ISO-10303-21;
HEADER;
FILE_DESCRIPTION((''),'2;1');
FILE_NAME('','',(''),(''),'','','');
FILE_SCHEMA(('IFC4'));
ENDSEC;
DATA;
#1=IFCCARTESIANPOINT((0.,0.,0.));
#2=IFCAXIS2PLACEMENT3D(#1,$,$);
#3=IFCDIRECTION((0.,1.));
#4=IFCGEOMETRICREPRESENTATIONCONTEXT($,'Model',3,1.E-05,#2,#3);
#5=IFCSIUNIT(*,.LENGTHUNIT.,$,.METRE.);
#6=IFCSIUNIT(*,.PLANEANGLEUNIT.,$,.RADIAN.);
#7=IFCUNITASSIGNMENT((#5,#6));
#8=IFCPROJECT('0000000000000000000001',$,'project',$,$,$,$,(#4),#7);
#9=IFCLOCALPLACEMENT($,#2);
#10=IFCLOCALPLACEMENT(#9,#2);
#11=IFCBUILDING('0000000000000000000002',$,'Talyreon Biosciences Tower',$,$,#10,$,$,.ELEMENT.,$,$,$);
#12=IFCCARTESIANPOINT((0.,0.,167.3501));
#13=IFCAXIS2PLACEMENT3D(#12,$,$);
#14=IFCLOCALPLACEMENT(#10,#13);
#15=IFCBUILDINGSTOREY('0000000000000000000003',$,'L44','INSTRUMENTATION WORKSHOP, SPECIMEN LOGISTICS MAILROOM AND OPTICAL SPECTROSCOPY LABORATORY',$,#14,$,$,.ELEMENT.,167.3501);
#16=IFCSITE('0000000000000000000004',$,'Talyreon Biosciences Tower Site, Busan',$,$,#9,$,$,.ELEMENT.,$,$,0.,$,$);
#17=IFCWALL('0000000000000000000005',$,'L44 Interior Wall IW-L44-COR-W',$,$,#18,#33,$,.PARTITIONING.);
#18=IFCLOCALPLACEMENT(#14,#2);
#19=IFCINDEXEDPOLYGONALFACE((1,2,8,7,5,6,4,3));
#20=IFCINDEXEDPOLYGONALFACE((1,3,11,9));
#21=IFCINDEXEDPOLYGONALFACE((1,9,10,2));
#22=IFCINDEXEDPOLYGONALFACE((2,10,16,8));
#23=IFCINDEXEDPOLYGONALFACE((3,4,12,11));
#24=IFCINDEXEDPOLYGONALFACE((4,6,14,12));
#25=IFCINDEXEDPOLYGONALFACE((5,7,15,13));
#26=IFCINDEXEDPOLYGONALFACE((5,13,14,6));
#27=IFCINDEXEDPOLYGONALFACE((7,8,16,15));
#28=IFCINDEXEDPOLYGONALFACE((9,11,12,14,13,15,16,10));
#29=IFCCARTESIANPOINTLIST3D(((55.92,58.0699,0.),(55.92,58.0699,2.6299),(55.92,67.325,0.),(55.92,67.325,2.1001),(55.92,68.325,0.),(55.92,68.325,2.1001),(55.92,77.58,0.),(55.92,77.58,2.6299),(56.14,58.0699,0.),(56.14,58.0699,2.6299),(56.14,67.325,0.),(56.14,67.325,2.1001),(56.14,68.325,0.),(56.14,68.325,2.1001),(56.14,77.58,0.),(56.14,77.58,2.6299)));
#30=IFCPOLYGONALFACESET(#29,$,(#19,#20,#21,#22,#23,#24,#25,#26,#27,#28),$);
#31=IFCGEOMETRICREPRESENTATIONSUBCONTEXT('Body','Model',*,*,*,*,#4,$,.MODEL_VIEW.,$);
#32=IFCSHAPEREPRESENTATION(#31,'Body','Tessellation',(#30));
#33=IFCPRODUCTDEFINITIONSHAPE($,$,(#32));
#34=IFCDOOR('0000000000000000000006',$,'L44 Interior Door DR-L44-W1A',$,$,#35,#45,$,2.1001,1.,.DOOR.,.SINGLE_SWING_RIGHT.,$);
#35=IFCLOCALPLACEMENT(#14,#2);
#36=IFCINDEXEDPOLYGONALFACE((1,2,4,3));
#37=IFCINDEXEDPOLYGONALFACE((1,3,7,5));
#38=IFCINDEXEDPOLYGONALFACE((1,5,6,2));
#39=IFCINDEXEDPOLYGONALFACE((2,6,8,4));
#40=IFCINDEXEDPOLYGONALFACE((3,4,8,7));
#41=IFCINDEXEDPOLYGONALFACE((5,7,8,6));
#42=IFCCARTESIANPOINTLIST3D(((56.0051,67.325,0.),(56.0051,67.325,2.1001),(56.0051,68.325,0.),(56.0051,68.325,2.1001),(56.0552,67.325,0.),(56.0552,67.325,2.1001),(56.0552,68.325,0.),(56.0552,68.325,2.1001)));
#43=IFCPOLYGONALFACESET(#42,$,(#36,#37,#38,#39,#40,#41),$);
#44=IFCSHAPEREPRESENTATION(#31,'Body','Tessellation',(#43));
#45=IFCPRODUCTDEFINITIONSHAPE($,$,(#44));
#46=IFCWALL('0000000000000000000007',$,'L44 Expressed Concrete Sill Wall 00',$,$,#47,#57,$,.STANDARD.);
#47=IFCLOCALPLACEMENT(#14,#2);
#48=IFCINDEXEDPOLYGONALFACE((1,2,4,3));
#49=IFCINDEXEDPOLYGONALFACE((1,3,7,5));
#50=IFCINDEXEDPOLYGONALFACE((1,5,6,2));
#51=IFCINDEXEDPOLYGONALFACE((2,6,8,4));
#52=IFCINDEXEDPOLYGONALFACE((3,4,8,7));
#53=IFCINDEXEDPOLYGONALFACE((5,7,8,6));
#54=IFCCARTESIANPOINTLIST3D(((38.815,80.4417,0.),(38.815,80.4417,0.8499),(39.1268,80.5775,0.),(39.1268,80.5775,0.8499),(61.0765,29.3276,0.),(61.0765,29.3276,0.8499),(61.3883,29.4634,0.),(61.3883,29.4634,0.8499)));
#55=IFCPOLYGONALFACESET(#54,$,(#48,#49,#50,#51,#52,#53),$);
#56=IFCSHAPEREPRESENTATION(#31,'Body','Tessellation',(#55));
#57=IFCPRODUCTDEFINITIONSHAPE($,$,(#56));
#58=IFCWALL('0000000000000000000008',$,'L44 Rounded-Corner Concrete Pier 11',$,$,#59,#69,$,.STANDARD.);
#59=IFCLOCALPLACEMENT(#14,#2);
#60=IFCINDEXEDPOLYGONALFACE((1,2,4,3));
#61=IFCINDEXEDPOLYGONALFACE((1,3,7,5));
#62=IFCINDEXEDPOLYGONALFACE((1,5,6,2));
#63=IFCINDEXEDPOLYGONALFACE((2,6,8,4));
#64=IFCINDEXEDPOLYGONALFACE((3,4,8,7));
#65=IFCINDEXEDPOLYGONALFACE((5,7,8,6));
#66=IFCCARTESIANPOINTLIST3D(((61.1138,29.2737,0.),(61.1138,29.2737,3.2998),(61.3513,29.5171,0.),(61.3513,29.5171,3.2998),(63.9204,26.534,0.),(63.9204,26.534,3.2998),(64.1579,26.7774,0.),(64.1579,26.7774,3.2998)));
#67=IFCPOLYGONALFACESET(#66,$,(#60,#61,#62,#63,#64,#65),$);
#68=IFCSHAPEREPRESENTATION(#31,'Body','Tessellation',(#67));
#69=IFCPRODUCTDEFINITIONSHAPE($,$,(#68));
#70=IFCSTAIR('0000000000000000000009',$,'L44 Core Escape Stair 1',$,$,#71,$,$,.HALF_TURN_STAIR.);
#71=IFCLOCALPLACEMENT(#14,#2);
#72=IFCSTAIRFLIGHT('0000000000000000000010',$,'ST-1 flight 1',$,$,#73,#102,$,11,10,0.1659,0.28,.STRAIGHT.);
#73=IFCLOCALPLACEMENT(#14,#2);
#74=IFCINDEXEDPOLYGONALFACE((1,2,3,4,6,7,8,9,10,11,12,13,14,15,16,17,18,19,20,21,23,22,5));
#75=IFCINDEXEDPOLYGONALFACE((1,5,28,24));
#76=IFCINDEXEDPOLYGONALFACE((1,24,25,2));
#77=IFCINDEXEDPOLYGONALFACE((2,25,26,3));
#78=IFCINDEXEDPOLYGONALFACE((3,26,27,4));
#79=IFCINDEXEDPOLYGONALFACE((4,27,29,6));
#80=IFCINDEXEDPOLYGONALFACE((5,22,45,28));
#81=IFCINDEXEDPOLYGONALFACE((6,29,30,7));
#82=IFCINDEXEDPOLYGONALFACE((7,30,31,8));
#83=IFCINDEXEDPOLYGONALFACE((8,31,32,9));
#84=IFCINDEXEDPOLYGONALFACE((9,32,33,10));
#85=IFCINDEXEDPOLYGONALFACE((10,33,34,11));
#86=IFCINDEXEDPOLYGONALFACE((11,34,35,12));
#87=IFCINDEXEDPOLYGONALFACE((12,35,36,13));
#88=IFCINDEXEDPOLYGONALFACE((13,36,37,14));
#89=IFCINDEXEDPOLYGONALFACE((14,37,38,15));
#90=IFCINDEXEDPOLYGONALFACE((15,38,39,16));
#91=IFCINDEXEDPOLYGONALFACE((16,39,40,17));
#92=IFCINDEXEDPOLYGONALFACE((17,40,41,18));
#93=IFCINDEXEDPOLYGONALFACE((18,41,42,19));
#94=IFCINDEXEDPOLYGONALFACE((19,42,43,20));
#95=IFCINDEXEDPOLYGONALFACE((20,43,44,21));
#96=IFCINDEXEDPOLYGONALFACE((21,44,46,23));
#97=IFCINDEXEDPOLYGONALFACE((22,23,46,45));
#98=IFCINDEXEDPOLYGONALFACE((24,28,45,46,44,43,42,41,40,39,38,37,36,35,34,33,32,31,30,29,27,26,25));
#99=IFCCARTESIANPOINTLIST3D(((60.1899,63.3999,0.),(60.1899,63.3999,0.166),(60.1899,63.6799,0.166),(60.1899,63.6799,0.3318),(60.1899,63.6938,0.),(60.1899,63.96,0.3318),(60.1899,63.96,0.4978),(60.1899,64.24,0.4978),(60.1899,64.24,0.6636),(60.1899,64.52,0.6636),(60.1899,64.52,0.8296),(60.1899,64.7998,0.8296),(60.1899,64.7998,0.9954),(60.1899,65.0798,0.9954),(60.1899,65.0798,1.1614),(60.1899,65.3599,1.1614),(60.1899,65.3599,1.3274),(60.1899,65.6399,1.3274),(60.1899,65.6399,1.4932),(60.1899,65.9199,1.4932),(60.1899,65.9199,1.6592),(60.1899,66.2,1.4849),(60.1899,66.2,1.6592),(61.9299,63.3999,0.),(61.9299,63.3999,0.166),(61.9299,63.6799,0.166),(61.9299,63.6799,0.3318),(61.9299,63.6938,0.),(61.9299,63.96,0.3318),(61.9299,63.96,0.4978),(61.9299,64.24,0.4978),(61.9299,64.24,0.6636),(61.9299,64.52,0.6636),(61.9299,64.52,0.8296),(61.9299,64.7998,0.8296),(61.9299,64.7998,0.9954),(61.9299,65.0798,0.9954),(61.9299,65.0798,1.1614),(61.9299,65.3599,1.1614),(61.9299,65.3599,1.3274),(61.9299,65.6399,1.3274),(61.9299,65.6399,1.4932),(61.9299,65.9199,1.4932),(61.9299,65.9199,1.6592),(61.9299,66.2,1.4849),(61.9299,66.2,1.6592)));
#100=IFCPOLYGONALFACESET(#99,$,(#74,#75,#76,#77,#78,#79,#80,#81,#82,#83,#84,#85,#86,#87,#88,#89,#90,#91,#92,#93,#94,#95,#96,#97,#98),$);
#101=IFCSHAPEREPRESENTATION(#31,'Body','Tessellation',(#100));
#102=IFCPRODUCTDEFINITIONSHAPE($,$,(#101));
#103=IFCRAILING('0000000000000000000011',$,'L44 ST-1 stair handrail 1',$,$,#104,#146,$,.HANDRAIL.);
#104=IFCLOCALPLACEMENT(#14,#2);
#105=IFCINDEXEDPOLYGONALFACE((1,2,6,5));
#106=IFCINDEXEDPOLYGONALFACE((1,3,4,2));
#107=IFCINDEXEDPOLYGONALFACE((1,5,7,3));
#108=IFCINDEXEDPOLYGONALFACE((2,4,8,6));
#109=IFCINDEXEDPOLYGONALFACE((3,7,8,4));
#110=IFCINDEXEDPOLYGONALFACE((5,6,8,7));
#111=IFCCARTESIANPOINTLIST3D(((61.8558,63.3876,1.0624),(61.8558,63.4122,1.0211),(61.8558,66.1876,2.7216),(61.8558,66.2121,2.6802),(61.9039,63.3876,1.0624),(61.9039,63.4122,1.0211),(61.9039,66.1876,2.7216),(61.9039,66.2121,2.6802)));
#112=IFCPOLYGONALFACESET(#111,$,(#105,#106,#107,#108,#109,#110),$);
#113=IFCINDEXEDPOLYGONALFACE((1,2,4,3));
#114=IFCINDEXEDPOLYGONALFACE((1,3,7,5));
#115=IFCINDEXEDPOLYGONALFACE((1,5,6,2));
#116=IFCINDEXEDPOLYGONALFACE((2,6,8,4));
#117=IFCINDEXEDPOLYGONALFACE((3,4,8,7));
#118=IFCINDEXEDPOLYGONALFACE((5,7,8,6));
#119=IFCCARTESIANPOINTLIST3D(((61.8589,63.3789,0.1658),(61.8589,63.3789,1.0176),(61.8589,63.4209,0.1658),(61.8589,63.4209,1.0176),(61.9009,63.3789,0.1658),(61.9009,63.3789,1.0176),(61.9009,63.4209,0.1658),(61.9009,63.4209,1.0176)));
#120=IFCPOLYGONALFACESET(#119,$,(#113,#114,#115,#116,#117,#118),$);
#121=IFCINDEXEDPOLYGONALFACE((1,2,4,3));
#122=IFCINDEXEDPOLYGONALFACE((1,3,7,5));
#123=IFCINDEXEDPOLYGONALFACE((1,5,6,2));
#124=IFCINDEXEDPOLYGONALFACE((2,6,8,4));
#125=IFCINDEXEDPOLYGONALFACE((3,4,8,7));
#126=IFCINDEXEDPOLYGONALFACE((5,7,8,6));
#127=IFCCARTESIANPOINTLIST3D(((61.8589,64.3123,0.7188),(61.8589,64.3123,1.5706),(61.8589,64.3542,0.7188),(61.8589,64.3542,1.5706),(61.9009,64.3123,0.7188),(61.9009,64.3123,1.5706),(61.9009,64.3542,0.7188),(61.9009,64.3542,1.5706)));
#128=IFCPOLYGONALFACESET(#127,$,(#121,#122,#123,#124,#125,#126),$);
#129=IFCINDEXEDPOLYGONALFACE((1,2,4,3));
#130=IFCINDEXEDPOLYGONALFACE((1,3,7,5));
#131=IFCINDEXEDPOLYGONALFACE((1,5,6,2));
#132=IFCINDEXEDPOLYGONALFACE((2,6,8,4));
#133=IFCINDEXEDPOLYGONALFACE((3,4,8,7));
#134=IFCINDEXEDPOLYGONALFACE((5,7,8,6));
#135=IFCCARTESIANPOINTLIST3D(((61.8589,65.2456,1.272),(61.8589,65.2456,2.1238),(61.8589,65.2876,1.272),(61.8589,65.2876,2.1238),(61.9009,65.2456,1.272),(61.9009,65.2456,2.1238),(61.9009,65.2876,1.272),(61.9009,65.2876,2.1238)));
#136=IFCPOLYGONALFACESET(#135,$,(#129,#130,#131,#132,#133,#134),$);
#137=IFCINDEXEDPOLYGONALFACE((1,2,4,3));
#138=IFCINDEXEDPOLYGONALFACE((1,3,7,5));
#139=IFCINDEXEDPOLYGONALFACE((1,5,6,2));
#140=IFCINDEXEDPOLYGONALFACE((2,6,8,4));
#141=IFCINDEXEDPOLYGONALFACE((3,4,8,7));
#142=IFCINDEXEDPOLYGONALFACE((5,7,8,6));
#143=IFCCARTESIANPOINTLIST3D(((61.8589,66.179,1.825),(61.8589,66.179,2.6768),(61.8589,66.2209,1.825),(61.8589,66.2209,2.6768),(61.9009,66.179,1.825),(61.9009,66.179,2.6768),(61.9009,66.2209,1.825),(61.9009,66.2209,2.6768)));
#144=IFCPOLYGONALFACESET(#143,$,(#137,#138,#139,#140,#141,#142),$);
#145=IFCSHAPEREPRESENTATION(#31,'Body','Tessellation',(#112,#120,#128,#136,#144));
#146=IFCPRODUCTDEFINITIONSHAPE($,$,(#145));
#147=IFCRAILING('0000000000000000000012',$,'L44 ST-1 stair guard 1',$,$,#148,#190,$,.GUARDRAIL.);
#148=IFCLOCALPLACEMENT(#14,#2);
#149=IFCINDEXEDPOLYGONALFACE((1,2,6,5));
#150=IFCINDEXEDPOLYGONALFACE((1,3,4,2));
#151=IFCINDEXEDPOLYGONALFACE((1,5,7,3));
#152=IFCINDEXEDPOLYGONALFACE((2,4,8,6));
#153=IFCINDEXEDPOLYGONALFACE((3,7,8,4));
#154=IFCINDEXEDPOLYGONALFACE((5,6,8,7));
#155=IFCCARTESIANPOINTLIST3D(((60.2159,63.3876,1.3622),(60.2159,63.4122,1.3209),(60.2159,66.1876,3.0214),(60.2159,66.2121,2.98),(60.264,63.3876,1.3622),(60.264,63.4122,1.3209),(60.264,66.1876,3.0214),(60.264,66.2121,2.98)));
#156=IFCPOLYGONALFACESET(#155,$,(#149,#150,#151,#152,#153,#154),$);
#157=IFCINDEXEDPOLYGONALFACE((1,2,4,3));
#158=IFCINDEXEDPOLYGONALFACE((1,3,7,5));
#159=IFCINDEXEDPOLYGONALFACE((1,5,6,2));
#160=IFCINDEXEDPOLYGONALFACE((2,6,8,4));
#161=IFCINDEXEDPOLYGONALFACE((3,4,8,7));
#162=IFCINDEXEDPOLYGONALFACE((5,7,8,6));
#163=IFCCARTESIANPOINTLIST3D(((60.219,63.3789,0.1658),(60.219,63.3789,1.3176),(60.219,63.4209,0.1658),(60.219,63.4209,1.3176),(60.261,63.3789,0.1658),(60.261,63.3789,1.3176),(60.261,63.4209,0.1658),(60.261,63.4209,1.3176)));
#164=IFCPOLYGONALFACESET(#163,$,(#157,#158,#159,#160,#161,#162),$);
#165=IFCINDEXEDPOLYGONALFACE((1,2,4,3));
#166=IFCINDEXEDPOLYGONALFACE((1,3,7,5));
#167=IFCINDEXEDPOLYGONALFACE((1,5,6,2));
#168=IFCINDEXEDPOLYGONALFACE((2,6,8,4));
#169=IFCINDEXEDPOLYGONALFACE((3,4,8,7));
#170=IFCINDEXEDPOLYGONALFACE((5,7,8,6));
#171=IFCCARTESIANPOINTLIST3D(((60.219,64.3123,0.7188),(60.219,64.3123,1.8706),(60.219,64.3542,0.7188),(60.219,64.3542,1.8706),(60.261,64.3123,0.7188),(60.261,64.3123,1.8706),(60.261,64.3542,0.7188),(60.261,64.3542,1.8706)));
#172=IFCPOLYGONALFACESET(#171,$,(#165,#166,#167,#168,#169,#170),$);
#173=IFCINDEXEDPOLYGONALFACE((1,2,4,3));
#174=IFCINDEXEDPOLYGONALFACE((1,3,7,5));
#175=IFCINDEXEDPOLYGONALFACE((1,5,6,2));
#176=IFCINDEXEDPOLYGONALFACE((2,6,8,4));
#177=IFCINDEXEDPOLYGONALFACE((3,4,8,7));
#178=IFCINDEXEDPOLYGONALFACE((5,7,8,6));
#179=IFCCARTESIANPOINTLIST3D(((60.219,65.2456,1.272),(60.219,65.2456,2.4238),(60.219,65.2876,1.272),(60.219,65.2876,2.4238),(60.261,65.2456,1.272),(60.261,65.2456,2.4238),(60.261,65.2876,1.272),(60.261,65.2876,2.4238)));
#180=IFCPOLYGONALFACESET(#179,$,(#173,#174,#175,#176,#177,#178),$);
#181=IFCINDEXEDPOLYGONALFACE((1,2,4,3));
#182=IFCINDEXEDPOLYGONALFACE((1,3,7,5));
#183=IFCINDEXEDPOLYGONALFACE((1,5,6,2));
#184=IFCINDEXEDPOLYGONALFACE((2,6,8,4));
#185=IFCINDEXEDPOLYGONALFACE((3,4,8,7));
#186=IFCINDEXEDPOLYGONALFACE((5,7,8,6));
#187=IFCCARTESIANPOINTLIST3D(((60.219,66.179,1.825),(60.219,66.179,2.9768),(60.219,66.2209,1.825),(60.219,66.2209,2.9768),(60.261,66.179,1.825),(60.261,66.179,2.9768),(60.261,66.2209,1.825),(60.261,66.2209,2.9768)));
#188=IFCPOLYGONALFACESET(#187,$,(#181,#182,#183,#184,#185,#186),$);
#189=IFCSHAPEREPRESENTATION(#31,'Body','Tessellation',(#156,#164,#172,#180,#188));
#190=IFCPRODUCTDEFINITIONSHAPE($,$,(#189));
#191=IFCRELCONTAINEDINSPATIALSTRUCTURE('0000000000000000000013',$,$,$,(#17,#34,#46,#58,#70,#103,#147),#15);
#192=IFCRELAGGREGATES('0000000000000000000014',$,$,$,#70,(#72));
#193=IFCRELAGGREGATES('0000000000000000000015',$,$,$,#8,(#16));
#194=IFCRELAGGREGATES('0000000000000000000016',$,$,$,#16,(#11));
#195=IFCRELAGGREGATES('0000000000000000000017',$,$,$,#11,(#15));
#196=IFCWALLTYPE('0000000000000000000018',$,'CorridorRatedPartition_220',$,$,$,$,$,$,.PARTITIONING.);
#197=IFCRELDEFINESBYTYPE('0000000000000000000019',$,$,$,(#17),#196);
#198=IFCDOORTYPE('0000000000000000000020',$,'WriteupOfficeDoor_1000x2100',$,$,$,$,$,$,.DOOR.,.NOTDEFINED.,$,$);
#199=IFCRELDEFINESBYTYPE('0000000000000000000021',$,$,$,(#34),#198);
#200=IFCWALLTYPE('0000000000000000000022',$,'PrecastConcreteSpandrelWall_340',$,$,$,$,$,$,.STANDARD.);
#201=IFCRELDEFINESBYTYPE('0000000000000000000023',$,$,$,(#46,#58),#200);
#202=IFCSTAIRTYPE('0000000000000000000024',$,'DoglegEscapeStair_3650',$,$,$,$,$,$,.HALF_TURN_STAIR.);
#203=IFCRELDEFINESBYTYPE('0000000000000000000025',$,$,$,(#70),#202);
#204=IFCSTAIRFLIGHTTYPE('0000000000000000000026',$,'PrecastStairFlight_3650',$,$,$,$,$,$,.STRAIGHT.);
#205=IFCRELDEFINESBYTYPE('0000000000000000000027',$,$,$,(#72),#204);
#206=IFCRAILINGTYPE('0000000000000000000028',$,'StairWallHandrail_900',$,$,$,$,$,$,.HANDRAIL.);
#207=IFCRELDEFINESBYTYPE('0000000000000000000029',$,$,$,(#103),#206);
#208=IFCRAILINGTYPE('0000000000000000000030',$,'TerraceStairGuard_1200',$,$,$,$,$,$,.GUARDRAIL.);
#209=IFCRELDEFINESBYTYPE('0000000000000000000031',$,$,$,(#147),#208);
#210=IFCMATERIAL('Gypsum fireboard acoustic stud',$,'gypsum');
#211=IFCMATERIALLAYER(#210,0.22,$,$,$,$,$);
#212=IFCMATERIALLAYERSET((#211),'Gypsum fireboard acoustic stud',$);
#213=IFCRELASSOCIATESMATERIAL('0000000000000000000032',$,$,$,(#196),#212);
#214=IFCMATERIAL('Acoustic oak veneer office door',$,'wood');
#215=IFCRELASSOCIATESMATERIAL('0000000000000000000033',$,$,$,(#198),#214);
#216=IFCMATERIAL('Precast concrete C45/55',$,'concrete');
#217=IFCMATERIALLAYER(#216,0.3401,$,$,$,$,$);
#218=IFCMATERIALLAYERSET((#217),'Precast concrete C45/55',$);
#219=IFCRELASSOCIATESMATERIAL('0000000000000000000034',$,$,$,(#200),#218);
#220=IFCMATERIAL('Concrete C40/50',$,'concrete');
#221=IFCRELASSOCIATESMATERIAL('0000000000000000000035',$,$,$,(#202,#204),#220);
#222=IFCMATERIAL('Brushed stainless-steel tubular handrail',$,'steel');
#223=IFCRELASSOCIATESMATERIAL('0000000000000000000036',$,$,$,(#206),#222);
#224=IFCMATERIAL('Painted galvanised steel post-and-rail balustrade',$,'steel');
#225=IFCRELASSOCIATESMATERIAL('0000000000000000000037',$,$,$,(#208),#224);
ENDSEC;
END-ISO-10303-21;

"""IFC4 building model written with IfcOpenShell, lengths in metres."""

from ifc_helpers import new_model, si_unit, direction, frame, frame_2d, origin, origin_2d, place, context, subcontext, project, spatial, polyline, rectangle, outline, extrude, material, layer, layer_set, type_object, element, fill, aggregate, save


model = new_model("IFC4")

# Units and contexts
model_context = context("Model", 3, precision=1e-05, world=origin(), true_north=direction((0.0, 1.0)))
body_context = subcontext(model_context, "Body", "Model", "MODEL_VIEW")
ifc_project = project(units=[si_unit("LENGTHUNIT", "METRE"), si_unit("PLANEANGLEUNIT", "RADIAN")], contexts=[model_context])

# Site, building, storey
site_placement = place(None, origin())
site = spatial("IfcSite", under=ifc_project, at=site_placement, Name="Talyreon Biosciences Tower Site, Busan", CompositionType="ELEMENT", RefElevation=0.0)
building_placement = place(site_placement, origin())
building = spatial("IfcBuilding", under=site, at=building_placement, Name="Talyreon Biosciences Tower", CompositionType="ELEMENT")
storey_placement = place(building_placement, frame((0.0, 0.0, 167.3501)))
storey = spatial("IfcBuildingStorey", under=building, at=storey_placement, Name="L44", Description="INSTRUMENTATION WORKSHOP, SPECIMEN LOGISTICS MAILROOM AND OPTICAL SPECTROSCOPY LABORATORY", CompositionType="ELEMENT", Elevation=167.3501)

# Shared definitions
ifc_material_1 = material(Name="Precast concrete C45/55", Category="concrete")

# Shared definitions
ifc_material_2 = material(Name="Gypsum fireboard acoustic stud", Category="gypsum")

# Wall, opening, door
ifc_layer_1 = layer(ifc_material_2, 0.22)
ifc_layer_set_1 = layer_set([ifc_layer_1], Name="Gypsum fireboard acoustic stud")
wall_type_1 = type_object("IfcWallType", Name="CorridorRatedPartition_220", PredefinedType="PARTITIONING", material=ifc_layer_set_1)
wall_1_placement = place(storey_placement, frame((56.03, 58.0701, 0.0), z_axis=(0.0, 0.0, 1.0), x_axis=(0.0, 1.0, 0.0)))
wall_1 = element("IfcWall", 1, at=wall_1_placement, inside=storey, type_object=wall_type_1, Name="L44 Interior Wall IW-L44-COR-W", PredefinedType="PARTITIONING", context=body_context, shape_type="SweptSolid", body=[
    extrude(rectangle(XDim=19.51, YDim=0.22, at=frame_2d((9.7549, 0.0))), origin(), (0.0, 0.0, 1.0), 2.6299),
])
opening_1_placement = place(wall_1_placement, frame((9.2549, 0.0, 0.0)))
opening_1 = element("IfcOpeningElement", 2, at=opening_1_placement, cuts=wall_1, PredefinedType="OPENING", context=body_context, shape_type="SweptSolid", body=[
    extrude(rectangle(XDim=1.0, YDim=2.1001, at=frame_2d((0.5, 1.05))), frame((0.0, 0.1199, 0.0), z_axis=(0.0, -1.0, 0.0), x_axis=(1.0, 0.0, 0.0)), (0.0, 0.0, 1.0), 0.24),
])
ifc_material_3 = material(Name="Acoustic oak veneer office door", Category="wood")
door_type_1 = type_object("IfcDoorType", Name="WriteupOfficeDoor_1000x2100", OperationType="NOTDEFINED", PredefinedType="DOOR", material=ifc_material_3)
door_1_placement = place(opening_1_placement, origin())
door_1 = element("IfcDoor", 3, at=door_1_placement, inside=storey, type_object=door_type_1, Name="L44 Interior Door DR-L44-W1A", OperationType="SINGLE_SWING_RIGHT", OverallHeight=2.1001, OverallWidth=1.0, PredefinedType="DOOR", context=body_context, shape_type="SweptSolid", body=[
    extrude(rectangle(XDim=1.0, YDim=2.1001, at=frame_2d((0.5, 1.05))), frame((0.0, 0.0249, 0.0), z_axis=(0.0, -1.0, 0.0), x_axis=(1.0, 0.0, 0.0)), (0.0, 0.0, 1.0), 0.05),
])
fill(opening_1, door_1)

# Walls
ifc_layer_2 = layer(ifc_material_1, 0.3401)
ifc_layer_set_2 = layer_set([ifc_layer_2], Name="Precast concrete C45/55")
wall_type_2 = type_object("IfcWallType", Name="PrecastConcreteSpandrelWall_340", PredefinedType="STANDARD", material=ifc_layer_set_2)
wall_2_placement = place(storey_placement, frame((61.2324, 29.3955, 0.0), z_axis=(0.0, 0.0, 1.0), x_axis=(-0.399299, 0.916821, 0.0)))
element("IfcWall", 4, at=wall_2_placement, inside=storey, type_object=wall_type_2, Name="L44 Expressed Concrete Sill Wall 00", PredefinedType="STANDARD", context=body_context, shape_type="SweptSolid", body=[
    extrude(rectangle(XDim=55.7515, YDim=0.3401, at=frame_2d((27.8757, 0.0))), origin(), (0.0, 0.0, 1.0), 0.8499),
])
wall_3_placement = place(storey_placement, frame((64.0391, 26.6558, 0.0), z_axis=(0.0, 0.0, 1.0), x_axis=(-0.715583, 0.698528, 0.0)))
element("IfcWall", 5, at=wall_3_placement, inside=storey, type_object=wall_type_2, Name="L44 Rounded-Corner Concrete Pier 11", PredefinedType="STANDARD", context=body_context, shape_type="SweptSolid", body=[
    extrude(rectangle(XDim=3.9221, YDim=0.3401, at=frame_2d((1.9609, 0.0))), origin(), (0.0, 0.0, 1.0), 3.2998),
])

# Stair, stair flight
ifc_material_4 = material(Name="Concrete C40/50", Category="concrete")
stair_type = type_object("IfcStairType", Name="DoglegEscapeStair_3650", PredefinedType="HALF_TURN_STAIR", material=ifc_material_4)
stair_placement = place(storey_placement, origin())
stair = element("IfcStair", 6, at=stair_placement, inside=storey, type_object=stair_type, Name="L44 Core Escape Stair 1", PredefinedType="HALF_TURN_STAIR")
stair_flight_type = type_object("IfcStairFlightType", Name="PrecastStairFlight_3650", PredefinedType="STRAIGHT", material=ifc_material_4)
stair_flight_placement = place(storey_placement, frame((61.0601, 63.3999, 0.0), z_axis=(0.0, 0.0, 1.0), x_axis=(0.0, 1.0, 0.0)))
stair_flight = element("IfcStairFlight", 7, at=stair_flight_placement, type_object=stair_flight_type, Name="ST-1 flight 1", NumberOfRisers=11, NumberOfTreads=10, PredefinedType="STRAIGHT", RiserHeight=0.1659, TreadLength=0.28, context=body_context, shape_type="SweptSolid", body=[
    extrude(outline(polyline([(0.0, 0.0), (0.0, 0.166), (0.28, 0.166), (0.28, 0.3318), (0.5601, 0.3318), (0.5601, 0.4978), (0.8401, 0.4978), (0.8401, 0.6636), (1.1201, 0.6636), (1.1201, 0.8296), (1.3999, 0.8296), (1.3999, 0.9954), (1.6799, 0.9954), (1.6799, 1.1614), (1.96, 1.1614), (1.96, 1.3274), (2.24, 1.3274), (2.24, 1.4932), (2.52, 1.4932), (2.52, 1.6592), (2.8, 1.6592), (2.8, 1.825), (2.8, 1.4849), (0.2939, 0.0), (0.0, 0.0)])), frame((0.0, 0.8701, 0.0), z_axis=(0.0, -1.0, 0.0), x_axis=(1.0, 0.0, 0.0)), (0.0, 0.0, 1.0), 1.74),
])
aggregate(stair, [stair_flight])

# Railings
ifc_material_5 = material(Name="Brushed stainless-steel tubular handrail", Category="steel")
railing_type_1 = type_object("IfcRailingType", Name="StairWallHandrail_900", PredefinedType="HANDRAIL", material=ifc_material_5)
railing_1_placement = place(storey_placement, frame((61.8799, 63.3999, 0.1658)))
element("IfcRailing", 8, at=railing_1_placement, inside=storey, type_object=railing_type_1, Name="L44 ST-1 stair handrail 1", PredefinedType="HANDRAIL", context=body_context, shape_type="SweptSolid", body=[
    extrude(rectangle(XDim=0.0481, YDim=0.0481, at=origin_2d()), frame((0.0, 0.0, 0.876), z_axis=(0.0, 0.860306, 0.509778), x_axis=(-1.0, 0.0, 0.0)), (0.0, 0.0, 1.0), 3.2546),
    extrude(rectangle(XDim=0.042, YDim=0.042, at=origin_2d()), origin(), (0.0, 0.0, 1.0), 0.8518),
    extrude(rectangle(XDim=0.042, YDim=0.042, at=origin_2d()), frame((0.0, 0.9333, 0.553)), (0.0, 0.0, 1.0), 0.8518),
    extrude(rectangle(XDim=0.042, YDim=0.042, at=origin_2d()), frame((0.0, 1.8667, 1.1062)), (0.0, 0.0, 1.0), 0.8518),
    extrude(rectangle(XDim=0.042, YDim=0.042, at=origin_2d()), frame((0.0, 2.8, 1.6592)), (0.0, 0.0, 1.0), 0.8518),
])
ifc_material_6 = material(Name="Painted galvanised steel post-and-rail balustrade", Category="steel")
railing_type_2 = type_object("IfcRailingType", Name="TerraceStairGuard_1200", PredefinedType="GUARDRAIL", material=ifc_material_6)
railing_2_placement = place(storey_placement, frame((60.24, 63.3999, 0.1658)))
element("IfcRailing", 9, at=railing_2_placement, inside=storey, type_object=railing_type_2, Name="L44 ST-1 stair guard 1", PredefinedType="GUARDRAIL", context=body_context, shape_type="SweptSolid", body=[
    extrude(rectangle(XDim=0.0481, YDim=0.0481, at=origin_2d()), frame((0.0, 0.0, 1.1758), z_axis=(0.0, 0.860306, 0.509778), x_axis=(-1.0, 0.0, 0.0)), (0.0, 0.0, 1.0), 3.2546),
    extrude(rectangle(XDim=0.042, YDim=0.042, at=origin_2d()), origin(), (0.0, 0.0, 1.0), 1.1519),
    extrude(rectangle(XDim=0.042, YDim=0.042, at=origin_2d()), frame((0.0, 0.9333, 0.553)), (0.0, 0.0, 1.0), 1.1519),
    extrude(rectangle(XDim=0.042, YDim=0.042, at=origin_2d()), frame((0.0, 1.8667, 1.1062)), (0.0, 0.0, 1.0), 1.1519),
    extrude(rectangle(XDim=0.042, YDim=0.042, at=origin_2d()), frame((0.0, 2.8, 1.6592)), (0.0, 0.0, 1.0), 1.1519),
])

save(model, "model.ifc")
